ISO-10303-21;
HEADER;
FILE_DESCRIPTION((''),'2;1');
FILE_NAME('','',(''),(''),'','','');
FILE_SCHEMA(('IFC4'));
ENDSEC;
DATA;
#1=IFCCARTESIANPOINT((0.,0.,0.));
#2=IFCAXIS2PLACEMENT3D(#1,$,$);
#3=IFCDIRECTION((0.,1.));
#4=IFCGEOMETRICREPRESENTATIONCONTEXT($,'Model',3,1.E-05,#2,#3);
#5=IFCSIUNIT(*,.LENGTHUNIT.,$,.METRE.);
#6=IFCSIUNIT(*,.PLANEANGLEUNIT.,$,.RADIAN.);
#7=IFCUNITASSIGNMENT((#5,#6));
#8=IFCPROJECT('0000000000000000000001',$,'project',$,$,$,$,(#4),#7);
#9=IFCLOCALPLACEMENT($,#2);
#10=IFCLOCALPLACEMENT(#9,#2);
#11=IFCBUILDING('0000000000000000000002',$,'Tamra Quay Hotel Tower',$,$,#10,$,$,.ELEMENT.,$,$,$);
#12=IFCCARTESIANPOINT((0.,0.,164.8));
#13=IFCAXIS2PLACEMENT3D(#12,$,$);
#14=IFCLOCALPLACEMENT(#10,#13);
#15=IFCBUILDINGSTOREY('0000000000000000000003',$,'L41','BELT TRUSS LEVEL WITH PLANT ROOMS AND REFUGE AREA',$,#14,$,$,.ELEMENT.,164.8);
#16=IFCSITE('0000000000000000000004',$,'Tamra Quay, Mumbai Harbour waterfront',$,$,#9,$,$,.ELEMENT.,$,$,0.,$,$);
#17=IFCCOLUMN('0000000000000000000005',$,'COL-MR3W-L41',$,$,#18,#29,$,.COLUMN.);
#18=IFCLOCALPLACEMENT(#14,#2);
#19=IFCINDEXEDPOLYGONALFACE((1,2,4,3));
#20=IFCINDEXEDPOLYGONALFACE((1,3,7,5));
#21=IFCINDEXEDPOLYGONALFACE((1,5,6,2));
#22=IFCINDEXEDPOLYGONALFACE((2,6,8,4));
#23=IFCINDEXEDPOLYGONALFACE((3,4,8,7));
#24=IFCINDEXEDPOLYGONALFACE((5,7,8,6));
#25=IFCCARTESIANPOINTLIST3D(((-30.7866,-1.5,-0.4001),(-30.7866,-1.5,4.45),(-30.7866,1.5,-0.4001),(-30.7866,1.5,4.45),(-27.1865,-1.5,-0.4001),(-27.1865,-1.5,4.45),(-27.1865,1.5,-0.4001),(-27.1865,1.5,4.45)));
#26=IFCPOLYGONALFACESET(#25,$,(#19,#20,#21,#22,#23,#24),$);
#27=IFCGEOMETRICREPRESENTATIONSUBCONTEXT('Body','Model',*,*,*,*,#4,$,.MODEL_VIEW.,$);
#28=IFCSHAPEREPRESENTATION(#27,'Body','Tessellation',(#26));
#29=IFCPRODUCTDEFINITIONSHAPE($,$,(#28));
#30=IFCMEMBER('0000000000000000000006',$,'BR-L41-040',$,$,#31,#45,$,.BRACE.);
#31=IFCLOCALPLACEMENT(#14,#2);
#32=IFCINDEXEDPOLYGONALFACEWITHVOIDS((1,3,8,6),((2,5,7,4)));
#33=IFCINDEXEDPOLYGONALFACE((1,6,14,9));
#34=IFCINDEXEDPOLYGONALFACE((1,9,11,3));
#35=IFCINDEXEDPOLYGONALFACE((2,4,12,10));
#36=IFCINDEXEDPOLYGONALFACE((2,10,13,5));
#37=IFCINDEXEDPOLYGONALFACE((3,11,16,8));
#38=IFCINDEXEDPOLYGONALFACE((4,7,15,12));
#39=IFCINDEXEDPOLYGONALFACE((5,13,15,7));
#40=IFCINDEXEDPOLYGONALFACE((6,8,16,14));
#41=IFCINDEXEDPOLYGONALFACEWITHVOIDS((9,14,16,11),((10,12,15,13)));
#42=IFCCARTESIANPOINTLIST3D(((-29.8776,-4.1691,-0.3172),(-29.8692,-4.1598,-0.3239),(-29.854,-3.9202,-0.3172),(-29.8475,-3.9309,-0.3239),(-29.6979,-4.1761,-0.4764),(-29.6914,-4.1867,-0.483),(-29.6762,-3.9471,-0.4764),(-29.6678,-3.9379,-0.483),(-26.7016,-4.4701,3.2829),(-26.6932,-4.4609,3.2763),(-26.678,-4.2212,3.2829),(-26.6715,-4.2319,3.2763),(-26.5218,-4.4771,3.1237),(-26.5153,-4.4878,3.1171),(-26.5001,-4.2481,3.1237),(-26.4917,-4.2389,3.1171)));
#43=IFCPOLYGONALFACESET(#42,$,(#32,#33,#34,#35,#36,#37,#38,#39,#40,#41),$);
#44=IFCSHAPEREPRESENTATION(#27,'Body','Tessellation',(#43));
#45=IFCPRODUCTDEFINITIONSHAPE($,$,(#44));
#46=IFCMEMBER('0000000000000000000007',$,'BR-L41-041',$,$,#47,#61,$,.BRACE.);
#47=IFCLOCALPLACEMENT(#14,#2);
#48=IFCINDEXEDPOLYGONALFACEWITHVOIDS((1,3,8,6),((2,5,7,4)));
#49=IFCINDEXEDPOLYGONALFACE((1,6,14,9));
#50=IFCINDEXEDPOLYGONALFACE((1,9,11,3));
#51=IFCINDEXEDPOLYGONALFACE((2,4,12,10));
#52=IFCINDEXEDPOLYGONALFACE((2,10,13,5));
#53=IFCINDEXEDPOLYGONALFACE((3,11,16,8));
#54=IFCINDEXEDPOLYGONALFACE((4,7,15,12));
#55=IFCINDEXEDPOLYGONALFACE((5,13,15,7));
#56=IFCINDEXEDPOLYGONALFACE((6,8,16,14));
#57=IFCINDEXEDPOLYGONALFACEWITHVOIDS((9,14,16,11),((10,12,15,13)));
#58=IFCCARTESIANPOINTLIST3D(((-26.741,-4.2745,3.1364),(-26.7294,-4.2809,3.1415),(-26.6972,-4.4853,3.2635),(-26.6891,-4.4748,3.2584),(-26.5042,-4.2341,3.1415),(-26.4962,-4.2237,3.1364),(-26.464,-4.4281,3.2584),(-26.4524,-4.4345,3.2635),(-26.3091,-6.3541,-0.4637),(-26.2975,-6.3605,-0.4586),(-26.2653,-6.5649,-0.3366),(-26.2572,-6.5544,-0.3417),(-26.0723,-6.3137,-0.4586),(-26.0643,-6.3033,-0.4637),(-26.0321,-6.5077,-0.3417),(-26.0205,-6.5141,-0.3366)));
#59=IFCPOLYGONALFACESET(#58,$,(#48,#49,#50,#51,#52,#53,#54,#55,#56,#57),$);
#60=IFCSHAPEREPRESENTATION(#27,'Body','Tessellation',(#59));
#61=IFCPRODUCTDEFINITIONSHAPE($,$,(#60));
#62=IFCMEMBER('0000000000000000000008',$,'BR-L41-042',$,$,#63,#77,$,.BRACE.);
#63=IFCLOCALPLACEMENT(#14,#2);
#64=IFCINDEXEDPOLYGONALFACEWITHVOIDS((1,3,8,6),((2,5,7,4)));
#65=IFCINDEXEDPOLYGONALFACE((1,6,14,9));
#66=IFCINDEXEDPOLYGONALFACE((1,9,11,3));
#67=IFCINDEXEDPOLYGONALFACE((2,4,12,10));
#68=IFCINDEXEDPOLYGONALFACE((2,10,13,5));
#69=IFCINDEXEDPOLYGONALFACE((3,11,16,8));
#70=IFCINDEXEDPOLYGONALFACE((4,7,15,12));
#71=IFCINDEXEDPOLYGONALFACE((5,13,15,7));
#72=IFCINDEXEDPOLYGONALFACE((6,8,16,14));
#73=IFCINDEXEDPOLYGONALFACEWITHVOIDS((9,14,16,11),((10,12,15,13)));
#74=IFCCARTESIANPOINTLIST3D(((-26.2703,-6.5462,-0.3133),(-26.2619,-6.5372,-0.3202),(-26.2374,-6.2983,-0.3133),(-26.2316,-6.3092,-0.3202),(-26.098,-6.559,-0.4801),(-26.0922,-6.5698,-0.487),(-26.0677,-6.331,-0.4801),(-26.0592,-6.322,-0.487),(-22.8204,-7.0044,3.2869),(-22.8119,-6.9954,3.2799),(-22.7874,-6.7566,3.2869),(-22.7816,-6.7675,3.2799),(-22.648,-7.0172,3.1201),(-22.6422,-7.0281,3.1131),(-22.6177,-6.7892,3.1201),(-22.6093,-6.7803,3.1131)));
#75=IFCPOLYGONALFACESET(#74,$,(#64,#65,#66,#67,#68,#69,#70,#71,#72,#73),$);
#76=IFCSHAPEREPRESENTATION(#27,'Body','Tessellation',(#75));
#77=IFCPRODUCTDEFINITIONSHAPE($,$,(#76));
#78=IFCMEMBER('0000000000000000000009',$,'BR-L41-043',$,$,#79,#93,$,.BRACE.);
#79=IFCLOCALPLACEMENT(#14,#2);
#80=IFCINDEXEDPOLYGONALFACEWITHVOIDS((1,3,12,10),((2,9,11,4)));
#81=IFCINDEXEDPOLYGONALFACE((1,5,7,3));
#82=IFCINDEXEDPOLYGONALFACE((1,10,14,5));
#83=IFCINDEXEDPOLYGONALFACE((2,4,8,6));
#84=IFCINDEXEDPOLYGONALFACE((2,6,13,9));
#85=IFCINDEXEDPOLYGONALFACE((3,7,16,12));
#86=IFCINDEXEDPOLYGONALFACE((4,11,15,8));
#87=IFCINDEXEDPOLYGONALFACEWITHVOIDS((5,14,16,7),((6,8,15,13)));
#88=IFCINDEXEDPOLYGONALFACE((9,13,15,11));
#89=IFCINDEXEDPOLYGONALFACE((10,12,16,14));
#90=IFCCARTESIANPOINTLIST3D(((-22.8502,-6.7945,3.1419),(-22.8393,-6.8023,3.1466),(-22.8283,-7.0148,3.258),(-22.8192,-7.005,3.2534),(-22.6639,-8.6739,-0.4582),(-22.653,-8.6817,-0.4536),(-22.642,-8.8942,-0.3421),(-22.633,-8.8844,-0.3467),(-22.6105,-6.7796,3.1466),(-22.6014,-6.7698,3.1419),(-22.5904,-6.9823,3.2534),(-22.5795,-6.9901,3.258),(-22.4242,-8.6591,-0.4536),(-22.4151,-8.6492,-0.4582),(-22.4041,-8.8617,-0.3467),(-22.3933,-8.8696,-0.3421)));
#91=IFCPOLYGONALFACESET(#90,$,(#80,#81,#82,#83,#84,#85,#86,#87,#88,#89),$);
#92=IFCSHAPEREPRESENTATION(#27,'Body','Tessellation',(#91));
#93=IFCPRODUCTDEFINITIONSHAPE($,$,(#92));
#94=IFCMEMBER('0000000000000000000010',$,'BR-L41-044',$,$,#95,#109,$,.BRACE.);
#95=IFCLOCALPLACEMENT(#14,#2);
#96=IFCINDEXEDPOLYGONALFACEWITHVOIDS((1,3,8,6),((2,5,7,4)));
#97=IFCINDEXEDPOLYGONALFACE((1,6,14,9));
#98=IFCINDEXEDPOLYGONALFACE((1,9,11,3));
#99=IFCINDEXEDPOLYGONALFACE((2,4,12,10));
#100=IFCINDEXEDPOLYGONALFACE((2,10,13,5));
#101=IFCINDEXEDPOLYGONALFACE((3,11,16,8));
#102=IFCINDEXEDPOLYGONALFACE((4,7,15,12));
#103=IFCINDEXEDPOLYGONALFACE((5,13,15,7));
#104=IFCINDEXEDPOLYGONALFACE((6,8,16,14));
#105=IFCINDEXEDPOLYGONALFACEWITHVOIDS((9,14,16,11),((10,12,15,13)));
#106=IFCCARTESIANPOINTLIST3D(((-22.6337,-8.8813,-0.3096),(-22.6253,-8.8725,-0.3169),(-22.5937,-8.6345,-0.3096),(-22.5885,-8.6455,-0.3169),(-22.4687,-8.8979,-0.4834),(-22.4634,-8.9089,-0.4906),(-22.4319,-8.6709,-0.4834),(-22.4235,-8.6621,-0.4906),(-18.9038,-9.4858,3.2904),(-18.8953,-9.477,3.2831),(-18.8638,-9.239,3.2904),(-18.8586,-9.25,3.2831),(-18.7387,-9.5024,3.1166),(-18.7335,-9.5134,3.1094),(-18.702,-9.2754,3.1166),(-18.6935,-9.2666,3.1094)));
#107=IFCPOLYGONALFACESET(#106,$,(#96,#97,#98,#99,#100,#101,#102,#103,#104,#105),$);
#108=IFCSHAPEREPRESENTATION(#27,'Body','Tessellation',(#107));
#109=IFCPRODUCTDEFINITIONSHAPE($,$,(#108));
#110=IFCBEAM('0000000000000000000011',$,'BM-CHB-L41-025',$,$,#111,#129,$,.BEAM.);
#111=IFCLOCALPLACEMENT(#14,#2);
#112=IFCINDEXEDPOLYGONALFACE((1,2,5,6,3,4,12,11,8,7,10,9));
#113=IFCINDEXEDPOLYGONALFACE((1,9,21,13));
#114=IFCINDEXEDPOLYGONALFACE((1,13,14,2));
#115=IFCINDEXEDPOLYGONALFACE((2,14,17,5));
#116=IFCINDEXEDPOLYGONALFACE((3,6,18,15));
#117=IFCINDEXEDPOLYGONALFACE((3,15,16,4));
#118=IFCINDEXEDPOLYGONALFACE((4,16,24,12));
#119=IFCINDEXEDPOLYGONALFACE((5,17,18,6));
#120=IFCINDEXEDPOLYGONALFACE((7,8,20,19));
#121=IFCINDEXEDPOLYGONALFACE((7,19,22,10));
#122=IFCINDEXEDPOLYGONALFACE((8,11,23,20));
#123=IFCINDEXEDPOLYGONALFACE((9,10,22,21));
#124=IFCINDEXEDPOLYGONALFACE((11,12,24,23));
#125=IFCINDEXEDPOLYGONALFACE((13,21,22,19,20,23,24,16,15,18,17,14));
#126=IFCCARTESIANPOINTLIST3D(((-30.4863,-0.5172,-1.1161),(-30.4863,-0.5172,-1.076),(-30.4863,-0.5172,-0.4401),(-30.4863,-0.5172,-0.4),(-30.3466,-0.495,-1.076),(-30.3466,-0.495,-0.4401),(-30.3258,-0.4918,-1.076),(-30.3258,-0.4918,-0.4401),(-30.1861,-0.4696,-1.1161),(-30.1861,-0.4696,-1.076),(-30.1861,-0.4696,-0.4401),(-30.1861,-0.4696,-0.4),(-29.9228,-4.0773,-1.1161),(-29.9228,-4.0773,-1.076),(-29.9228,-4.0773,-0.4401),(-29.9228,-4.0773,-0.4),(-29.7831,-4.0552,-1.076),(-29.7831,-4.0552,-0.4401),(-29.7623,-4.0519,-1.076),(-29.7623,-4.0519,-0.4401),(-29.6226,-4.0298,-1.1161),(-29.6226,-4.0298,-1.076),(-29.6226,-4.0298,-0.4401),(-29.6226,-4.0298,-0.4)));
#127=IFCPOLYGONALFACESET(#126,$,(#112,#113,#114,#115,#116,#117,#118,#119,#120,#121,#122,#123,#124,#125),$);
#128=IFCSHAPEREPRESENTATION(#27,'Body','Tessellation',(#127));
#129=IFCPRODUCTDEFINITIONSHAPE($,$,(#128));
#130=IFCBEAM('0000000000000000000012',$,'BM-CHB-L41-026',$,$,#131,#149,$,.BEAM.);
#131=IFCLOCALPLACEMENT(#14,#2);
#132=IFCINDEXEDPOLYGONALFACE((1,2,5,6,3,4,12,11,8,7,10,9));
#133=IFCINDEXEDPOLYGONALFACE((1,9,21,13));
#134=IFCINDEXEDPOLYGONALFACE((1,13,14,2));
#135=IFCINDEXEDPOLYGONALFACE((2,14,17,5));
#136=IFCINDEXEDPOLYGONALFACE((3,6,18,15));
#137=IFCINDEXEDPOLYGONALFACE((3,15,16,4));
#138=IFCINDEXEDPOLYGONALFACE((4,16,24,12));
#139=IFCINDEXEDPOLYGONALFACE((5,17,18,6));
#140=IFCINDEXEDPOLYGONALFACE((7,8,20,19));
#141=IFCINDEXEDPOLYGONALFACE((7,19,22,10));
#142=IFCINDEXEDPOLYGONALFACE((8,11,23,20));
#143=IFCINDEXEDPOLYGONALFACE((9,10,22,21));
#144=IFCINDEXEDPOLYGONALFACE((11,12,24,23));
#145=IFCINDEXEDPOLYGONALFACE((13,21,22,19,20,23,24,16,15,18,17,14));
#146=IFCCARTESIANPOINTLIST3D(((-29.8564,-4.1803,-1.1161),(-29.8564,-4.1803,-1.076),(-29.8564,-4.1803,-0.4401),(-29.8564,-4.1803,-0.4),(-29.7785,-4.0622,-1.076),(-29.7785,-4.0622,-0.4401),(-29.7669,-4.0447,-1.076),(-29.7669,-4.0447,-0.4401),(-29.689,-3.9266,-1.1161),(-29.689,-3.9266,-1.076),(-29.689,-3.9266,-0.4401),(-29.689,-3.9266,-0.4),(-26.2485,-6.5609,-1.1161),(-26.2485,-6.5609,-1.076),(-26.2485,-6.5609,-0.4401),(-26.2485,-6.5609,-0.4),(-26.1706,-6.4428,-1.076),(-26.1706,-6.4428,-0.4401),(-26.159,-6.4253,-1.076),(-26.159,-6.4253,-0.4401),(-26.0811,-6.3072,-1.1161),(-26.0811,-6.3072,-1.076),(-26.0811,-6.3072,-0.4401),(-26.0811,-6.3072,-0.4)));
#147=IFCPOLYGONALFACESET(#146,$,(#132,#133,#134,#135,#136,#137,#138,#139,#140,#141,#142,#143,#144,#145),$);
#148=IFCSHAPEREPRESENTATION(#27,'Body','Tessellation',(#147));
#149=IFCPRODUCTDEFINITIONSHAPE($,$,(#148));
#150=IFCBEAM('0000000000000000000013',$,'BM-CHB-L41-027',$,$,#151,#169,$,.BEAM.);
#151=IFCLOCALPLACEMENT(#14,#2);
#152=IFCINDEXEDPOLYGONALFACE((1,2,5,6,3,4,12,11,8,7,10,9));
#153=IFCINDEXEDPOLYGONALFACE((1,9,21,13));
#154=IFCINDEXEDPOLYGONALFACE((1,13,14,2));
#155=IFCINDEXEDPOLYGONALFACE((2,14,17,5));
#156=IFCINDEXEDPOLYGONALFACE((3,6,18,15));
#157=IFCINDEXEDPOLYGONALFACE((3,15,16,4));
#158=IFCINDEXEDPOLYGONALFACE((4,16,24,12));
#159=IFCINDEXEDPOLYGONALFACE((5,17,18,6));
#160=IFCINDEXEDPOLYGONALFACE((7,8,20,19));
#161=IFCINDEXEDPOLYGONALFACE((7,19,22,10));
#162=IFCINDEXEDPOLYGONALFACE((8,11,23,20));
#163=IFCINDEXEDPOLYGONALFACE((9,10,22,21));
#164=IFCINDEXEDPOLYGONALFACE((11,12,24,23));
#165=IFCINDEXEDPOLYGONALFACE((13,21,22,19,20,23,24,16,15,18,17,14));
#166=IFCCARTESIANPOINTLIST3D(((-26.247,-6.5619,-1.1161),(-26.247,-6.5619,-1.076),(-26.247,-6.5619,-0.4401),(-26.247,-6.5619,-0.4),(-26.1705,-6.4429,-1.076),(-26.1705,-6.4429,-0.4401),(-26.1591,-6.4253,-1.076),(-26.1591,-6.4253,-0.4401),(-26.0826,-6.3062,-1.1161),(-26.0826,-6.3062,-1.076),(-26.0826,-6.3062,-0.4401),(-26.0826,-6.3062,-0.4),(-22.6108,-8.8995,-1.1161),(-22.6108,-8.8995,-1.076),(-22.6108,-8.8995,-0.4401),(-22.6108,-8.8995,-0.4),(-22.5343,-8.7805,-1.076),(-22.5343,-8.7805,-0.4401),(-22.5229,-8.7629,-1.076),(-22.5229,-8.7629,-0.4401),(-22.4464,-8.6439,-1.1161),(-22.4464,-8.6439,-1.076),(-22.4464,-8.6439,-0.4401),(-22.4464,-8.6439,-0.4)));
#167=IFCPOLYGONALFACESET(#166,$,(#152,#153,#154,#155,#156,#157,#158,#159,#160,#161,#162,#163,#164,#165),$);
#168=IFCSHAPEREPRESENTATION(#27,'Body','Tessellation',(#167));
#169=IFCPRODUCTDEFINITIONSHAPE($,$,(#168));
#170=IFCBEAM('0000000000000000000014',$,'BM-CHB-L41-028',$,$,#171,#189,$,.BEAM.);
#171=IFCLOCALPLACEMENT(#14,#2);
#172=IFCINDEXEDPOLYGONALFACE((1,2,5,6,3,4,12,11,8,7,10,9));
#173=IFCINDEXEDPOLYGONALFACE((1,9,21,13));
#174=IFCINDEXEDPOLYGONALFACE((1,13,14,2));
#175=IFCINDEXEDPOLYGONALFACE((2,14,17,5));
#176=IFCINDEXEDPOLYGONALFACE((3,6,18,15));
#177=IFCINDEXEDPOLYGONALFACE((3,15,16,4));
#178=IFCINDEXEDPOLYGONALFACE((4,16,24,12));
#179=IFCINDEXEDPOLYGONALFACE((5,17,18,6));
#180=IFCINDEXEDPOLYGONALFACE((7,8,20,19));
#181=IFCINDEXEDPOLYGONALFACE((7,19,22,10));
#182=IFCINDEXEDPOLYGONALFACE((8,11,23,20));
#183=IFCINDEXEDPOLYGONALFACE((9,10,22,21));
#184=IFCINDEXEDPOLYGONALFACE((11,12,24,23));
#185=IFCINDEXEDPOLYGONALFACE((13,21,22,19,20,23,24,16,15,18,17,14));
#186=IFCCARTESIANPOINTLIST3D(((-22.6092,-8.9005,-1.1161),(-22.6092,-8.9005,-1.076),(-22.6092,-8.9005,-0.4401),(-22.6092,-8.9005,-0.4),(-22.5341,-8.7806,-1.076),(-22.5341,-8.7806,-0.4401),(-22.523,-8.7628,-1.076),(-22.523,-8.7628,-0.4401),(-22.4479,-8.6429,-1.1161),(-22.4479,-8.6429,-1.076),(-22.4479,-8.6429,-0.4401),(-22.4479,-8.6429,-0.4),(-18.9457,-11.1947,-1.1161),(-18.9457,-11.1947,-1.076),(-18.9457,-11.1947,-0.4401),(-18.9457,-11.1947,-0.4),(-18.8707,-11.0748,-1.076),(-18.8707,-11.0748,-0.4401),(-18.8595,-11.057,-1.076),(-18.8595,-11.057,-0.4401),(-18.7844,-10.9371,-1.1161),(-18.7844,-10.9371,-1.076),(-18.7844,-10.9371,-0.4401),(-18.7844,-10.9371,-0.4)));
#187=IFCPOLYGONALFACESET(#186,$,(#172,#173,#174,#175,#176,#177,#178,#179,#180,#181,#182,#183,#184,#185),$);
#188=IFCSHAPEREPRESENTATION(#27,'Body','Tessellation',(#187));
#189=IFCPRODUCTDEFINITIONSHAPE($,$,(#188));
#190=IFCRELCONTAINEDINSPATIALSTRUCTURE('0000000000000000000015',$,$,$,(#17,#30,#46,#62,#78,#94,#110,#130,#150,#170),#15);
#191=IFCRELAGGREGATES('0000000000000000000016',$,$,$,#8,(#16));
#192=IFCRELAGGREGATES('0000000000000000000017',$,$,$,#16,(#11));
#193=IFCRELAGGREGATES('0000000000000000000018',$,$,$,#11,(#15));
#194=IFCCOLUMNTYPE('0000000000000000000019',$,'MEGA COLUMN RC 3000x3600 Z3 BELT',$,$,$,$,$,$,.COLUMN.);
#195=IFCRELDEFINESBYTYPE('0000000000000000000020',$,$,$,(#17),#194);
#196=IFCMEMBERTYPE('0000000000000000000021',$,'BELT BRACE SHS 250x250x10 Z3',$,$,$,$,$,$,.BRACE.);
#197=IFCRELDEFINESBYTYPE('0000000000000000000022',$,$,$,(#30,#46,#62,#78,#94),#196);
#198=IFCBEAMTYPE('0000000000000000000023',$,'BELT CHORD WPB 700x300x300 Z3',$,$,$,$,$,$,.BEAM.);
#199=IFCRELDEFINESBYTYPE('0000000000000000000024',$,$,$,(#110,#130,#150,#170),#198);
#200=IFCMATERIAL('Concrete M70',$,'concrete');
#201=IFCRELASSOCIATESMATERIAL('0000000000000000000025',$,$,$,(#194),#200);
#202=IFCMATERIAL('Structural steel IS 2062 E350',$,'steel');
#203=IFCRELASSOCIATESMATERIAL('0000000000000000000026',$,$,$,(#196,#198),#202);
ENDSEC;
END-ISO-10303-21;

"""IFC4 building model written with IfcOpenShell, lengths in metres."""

from ifc_helpers import new_model, si_unit, direction, frame, origin, origin_2d, place, context, subcontext, project, spatial, rectangle, hollow_rectangle, i_section, extrude, material, material_profile, profile_set, type_object, element, save


model = new_model("IFC4")

# Units and contexts
model_context = context("Model", 3, precision=1e-05, world=origin(), true_north=direction((0.0, 1.0)))
body_context = subcontext(model_context, "Body", "Model", "MODEL_VIEW")
ifc_project = project(units=[si_unit("LENGTHUNIT", "METRE"), si_unit("PLANEANGLEUNIT", "RADIAN")], contexts=[model_context])

# Site, building, storey
site_placement = place(None, origin())
site = spatial("IfcSite", under=ifc_project, at=site_placement, Name="Tamra Quay, Mumbai Harbour waterfront", CompositionType="ELEMENT", RefElevation=0.0)
building_placement = place(site_placement, origin())
building = spatial("IfcBuilding", under=site, at=building_placement, Name="Tamra Quay Hotel Tower", CompositionType="ELEMENT")
storey_placement = place(building_placement, frame((0.0, 0.0, 164.8)))
storey = spatial("IfcBuildingStorey", under=building, at=storey_placement, Name="L41", Description="BELT TRUSS LEVEL WITH PLANT ROOMS AND REFUGE AREA", CompositionType="ELEMENT", Elevation=164.8)

# Column
ifc_material_1 = material(Name="Concrete M70", Category="concrete")
ifc_material_profile_1 = material_profile(ifc_material_1, rectangle(XDim=3.6001, YDim=3.0, at=origin_2d()), Name="MEGA COLUMN RC 3000x3600 Z3 BELT")
ifc_profile_set_1 = profile_set([ifc_material_profile_1], Name="Concrete M70")
column_type = type_object("IfcColumnType", Name="MEGA COLUMN RC 3000x3600 Z3 BELT", PredefinedType="COLUMN", material=ifc_profile_set_1)
column_placement = place(storey_placement, frame((-28.9866, 0.0, -0.4001), z_axis=(0.0, 0.0, 1.0), x_axis=(1.0, 0.0, 0.0)))
element("IfcColumn", 1, at=column_placement, inside=storey, type_object=column_type, Name="COL-MR3W-L41", PredefinedType="COLUMN", context=body_context, shape_type="SweptSolid", body=[
    extrude(rectangle(XDim=3.6001, YDim=3.0, at=origin_2d()), origin(), (0.0, 0.0, 1.0), 4.8501),
])

# Members
ifc_material_2 = material(Name="Structural steel IS 2062 E350", Category="steel")
ifc_material_profile_2 = material_profile(ifc_material_2, hollow_rectangle(XDim=0.25, YDim=0.25, WallThickness=0.01, at=origin_2d()), Name="SHS 250x250x10")
ifc_profile_set_2 = profile_set([ifc_material_profile_2], Name="Structural steel IS 2062 E350")
member_type = type_object("IfcMemberType", Name="BELT BRACE SHS 250x250x10 Z3", PredefinedType="BRACE", material=ifc_profile_set_2)
member_1_placement = place(storey_placement, frame((-29.7727, -4.0535, -0.4001), z_axis=(0.660263, -0.06258, 0.748423), x_axis=(0.094358, 0.995538, 0.0)))
element("IfcMember", 2, at=member_1_placement, inside=storey, type_object=member_type, Name="BR-L41-040", PredefinedType="BRACE", context=body_context, shape_type="SweptSolid", body=[
    extrude(hollow_rectangle(XDim=0.25, YDim=0.25, WallThickness=0.01, at=origin_2d()), origin(), (0.0, 0.0, 1.0), 4.8103),
])
member_2_placement = place(storey_placement, frame((-26.1648, -6.4341, -0.4001), z_axis=(-0.103323, 0.497516, 0.861279), x_axis=(-0.979108, -0.203339, 0.0)))
element("IfcMember", 3, at=member_2_placement, inside=storey, type_object=member_type, Name="BR-L41-041", PredefinedType="BRACE", context=body_context, shape_type="SweptSolid", body=[
    extrude(hollow_rectangle(XDim=0.25, YDim=0.25, WallThickness=0.01, at=origin_2d()), origin(), (0.0, 0.0, 1.0), 4.1799),
])
member_3_placement = place(storey_placement, frame((-26.1648, -6.4341, -0.4001), z_axis=(0.688987, -0.091517, 0.718973), x_axis=(0.131672, 0.991293, 0.0)))
element("IfcMember", 4, at=member_3_placement, inside=storey, type_object=member_type, Name="BR-L41-042", PredefinedType="BRACE", context=body_context, shape_type="SweptSolid", body=[
    extrude(hollow_rectangle(XDim=0.25, YDim=0.25, WallThickness=0.01, at=origin_2d()), origin(), (0.0, 0.0, 1.0), 5.0073),
])
member_4_placement = place(storey_placement, frame((-22.5286, -8.7717, -0.4001), z_axis=(-0.045821, 0.462289, 0.885544), x_axis=(-0.995124, -0.098633, 0.0)))
element("IfcMember", 5, at=member_4_placement, inside=storey, type_object=member_type, Name="BR-L41-043", PredefinedType="BRACE", context=body_context, shape_type="SweptSolid", body=[
    extrude(hollow_rectangle(XDim=0.25, YDim=0.25, WallThickness=0.01, at=origin_2d()), origin(), (0.0, 0.0, 1.0), 4.0654),
])
member_5_placement = place(storey_placement, frame((-22.5286, -8.7717, -0.4001), z_axis=(0.714681, -0.115823, 0.689795), x_axis=(0.159976, 0.987121, 0.0)))
element("IfcMember", 6, at=member_5_placement, inside=storey, type_object=member_type, Name="BR-L41-044", PredefinedType="BRACE", context=body_context, shape_type="SweptSolid", body=[
    extrude(hollow_rectangle(XDim=0.25, YDim=0.25, WallThickness=0.01, at=origin_2d()), origin(), (0.0, 0.0, 1.0), 5.219),
])

# Beams
ifc_material_profile_3 = material_profile(ifc_material_2, i_section(OverallWidth=0.304, OverallDepth=0.7161, WebThickness=0.021, FlangeThickness=0.04, at=origin_2d()), Name="WPB 700x300x300")
ifc_profile_set_3 = profile_set([ifc_material_profile_3], Name="Structural steel IS 2062 E350")
beam_type_1 = type_object("IfcBeamType", Name="BELT CHORD WPB 700x300x300 Z3", PredefinedType="BEAM", material=ifc_profile_set_3)
beam_1_placement = place(storey_placement, frame((-30.3362, -0.4934, -0.7581), z_axis=(0.156331, -0.987705, 0.0), x_axis=(0.987705, 0.156331, 0.0)))
element("IfcBeam", 7, at=beam_1_placement, inside=storey, type_object=beam_type_1, Name="BM-CHB-L41-025", PredefinedType="BEAM", context=body_context, shape_type="SweptSolid", body=[
    extrude(i_section(OverallWidth=0.304, OverallDepth=0.7161, WebThickness=0.021, FlangeThickness=0.04, at=origin_2d()), origin(), (0.0, 0.0, 1.0), 3.6045),
])
beam_2_placement = place(storey_placement, frame((-29.7727, -4.0535, -0.7581), z_axis=(0.834674, -0.550745, 0.0), x_axis=(0.550745, 0.834674, 0.0)))
element("IfcBeam", 8, at=beam_2_placement, inside=storey, type_object=beam_type_1, Name="BM-CHB-L41-026", PredefinedType="BEAM", context=body_context, shape_type="SweptSolid", body=[
    extrude(i_section(OverallWidth=0.304, OverallDepth=0.7161, WebThickness=0.021, FlangeThickness=0.04, at=origin_2d()), origin(), (0.0, 0.0, 1.0), 4.3225),
])
beam_3_placement = place(storey_placement, frame((-26.1648, -6.4341, -0.7581), z_axis=(0.841171, -0.540769, 0.0), x_axis=(0.540769, 0.841171, 0.0)))
element("IfcBeam", 9, at=beam_3_placement, inside=storey, type_object=beam_type_1, Name="BM-CHB-L41-027", PredefinedType="BEAM", context=body_context, shape_type="SweptSolid", body=[
    extrude(i_section(OverallWidth=0.304, OverallDepth=0.7161, WebThickness=0.021, FlangeThickness=0.04, at=origin_2d()), origin(), (0.0, 0.0, 1.0), 4.3228),
])
beam_4_placement = place(storey_placement, frame((-22.5286, -8.7717, -0.7581), z_axis=(0.847535, -0.53074, 0.0), x_axis=(0.53074, 0.847535, 0.0)))
element("IfcBeam", 10, at=beam_4_placement, inside=storey, type_object=beam_type_1, Name="BM-CHB-L41-028", PredefinedType="BEAM", context=body_context, shape_type="SweptSolid", body=[
    extrude(i_section(OverallWidth=0.304, OverallDepth=0.7161, WebThickness=0.021, FlangeThickness=0.04, at=origin_2d()), origin(), (0.0, 0.0, 1.0), 4.3225),
])

save(model, "model.ifc")
